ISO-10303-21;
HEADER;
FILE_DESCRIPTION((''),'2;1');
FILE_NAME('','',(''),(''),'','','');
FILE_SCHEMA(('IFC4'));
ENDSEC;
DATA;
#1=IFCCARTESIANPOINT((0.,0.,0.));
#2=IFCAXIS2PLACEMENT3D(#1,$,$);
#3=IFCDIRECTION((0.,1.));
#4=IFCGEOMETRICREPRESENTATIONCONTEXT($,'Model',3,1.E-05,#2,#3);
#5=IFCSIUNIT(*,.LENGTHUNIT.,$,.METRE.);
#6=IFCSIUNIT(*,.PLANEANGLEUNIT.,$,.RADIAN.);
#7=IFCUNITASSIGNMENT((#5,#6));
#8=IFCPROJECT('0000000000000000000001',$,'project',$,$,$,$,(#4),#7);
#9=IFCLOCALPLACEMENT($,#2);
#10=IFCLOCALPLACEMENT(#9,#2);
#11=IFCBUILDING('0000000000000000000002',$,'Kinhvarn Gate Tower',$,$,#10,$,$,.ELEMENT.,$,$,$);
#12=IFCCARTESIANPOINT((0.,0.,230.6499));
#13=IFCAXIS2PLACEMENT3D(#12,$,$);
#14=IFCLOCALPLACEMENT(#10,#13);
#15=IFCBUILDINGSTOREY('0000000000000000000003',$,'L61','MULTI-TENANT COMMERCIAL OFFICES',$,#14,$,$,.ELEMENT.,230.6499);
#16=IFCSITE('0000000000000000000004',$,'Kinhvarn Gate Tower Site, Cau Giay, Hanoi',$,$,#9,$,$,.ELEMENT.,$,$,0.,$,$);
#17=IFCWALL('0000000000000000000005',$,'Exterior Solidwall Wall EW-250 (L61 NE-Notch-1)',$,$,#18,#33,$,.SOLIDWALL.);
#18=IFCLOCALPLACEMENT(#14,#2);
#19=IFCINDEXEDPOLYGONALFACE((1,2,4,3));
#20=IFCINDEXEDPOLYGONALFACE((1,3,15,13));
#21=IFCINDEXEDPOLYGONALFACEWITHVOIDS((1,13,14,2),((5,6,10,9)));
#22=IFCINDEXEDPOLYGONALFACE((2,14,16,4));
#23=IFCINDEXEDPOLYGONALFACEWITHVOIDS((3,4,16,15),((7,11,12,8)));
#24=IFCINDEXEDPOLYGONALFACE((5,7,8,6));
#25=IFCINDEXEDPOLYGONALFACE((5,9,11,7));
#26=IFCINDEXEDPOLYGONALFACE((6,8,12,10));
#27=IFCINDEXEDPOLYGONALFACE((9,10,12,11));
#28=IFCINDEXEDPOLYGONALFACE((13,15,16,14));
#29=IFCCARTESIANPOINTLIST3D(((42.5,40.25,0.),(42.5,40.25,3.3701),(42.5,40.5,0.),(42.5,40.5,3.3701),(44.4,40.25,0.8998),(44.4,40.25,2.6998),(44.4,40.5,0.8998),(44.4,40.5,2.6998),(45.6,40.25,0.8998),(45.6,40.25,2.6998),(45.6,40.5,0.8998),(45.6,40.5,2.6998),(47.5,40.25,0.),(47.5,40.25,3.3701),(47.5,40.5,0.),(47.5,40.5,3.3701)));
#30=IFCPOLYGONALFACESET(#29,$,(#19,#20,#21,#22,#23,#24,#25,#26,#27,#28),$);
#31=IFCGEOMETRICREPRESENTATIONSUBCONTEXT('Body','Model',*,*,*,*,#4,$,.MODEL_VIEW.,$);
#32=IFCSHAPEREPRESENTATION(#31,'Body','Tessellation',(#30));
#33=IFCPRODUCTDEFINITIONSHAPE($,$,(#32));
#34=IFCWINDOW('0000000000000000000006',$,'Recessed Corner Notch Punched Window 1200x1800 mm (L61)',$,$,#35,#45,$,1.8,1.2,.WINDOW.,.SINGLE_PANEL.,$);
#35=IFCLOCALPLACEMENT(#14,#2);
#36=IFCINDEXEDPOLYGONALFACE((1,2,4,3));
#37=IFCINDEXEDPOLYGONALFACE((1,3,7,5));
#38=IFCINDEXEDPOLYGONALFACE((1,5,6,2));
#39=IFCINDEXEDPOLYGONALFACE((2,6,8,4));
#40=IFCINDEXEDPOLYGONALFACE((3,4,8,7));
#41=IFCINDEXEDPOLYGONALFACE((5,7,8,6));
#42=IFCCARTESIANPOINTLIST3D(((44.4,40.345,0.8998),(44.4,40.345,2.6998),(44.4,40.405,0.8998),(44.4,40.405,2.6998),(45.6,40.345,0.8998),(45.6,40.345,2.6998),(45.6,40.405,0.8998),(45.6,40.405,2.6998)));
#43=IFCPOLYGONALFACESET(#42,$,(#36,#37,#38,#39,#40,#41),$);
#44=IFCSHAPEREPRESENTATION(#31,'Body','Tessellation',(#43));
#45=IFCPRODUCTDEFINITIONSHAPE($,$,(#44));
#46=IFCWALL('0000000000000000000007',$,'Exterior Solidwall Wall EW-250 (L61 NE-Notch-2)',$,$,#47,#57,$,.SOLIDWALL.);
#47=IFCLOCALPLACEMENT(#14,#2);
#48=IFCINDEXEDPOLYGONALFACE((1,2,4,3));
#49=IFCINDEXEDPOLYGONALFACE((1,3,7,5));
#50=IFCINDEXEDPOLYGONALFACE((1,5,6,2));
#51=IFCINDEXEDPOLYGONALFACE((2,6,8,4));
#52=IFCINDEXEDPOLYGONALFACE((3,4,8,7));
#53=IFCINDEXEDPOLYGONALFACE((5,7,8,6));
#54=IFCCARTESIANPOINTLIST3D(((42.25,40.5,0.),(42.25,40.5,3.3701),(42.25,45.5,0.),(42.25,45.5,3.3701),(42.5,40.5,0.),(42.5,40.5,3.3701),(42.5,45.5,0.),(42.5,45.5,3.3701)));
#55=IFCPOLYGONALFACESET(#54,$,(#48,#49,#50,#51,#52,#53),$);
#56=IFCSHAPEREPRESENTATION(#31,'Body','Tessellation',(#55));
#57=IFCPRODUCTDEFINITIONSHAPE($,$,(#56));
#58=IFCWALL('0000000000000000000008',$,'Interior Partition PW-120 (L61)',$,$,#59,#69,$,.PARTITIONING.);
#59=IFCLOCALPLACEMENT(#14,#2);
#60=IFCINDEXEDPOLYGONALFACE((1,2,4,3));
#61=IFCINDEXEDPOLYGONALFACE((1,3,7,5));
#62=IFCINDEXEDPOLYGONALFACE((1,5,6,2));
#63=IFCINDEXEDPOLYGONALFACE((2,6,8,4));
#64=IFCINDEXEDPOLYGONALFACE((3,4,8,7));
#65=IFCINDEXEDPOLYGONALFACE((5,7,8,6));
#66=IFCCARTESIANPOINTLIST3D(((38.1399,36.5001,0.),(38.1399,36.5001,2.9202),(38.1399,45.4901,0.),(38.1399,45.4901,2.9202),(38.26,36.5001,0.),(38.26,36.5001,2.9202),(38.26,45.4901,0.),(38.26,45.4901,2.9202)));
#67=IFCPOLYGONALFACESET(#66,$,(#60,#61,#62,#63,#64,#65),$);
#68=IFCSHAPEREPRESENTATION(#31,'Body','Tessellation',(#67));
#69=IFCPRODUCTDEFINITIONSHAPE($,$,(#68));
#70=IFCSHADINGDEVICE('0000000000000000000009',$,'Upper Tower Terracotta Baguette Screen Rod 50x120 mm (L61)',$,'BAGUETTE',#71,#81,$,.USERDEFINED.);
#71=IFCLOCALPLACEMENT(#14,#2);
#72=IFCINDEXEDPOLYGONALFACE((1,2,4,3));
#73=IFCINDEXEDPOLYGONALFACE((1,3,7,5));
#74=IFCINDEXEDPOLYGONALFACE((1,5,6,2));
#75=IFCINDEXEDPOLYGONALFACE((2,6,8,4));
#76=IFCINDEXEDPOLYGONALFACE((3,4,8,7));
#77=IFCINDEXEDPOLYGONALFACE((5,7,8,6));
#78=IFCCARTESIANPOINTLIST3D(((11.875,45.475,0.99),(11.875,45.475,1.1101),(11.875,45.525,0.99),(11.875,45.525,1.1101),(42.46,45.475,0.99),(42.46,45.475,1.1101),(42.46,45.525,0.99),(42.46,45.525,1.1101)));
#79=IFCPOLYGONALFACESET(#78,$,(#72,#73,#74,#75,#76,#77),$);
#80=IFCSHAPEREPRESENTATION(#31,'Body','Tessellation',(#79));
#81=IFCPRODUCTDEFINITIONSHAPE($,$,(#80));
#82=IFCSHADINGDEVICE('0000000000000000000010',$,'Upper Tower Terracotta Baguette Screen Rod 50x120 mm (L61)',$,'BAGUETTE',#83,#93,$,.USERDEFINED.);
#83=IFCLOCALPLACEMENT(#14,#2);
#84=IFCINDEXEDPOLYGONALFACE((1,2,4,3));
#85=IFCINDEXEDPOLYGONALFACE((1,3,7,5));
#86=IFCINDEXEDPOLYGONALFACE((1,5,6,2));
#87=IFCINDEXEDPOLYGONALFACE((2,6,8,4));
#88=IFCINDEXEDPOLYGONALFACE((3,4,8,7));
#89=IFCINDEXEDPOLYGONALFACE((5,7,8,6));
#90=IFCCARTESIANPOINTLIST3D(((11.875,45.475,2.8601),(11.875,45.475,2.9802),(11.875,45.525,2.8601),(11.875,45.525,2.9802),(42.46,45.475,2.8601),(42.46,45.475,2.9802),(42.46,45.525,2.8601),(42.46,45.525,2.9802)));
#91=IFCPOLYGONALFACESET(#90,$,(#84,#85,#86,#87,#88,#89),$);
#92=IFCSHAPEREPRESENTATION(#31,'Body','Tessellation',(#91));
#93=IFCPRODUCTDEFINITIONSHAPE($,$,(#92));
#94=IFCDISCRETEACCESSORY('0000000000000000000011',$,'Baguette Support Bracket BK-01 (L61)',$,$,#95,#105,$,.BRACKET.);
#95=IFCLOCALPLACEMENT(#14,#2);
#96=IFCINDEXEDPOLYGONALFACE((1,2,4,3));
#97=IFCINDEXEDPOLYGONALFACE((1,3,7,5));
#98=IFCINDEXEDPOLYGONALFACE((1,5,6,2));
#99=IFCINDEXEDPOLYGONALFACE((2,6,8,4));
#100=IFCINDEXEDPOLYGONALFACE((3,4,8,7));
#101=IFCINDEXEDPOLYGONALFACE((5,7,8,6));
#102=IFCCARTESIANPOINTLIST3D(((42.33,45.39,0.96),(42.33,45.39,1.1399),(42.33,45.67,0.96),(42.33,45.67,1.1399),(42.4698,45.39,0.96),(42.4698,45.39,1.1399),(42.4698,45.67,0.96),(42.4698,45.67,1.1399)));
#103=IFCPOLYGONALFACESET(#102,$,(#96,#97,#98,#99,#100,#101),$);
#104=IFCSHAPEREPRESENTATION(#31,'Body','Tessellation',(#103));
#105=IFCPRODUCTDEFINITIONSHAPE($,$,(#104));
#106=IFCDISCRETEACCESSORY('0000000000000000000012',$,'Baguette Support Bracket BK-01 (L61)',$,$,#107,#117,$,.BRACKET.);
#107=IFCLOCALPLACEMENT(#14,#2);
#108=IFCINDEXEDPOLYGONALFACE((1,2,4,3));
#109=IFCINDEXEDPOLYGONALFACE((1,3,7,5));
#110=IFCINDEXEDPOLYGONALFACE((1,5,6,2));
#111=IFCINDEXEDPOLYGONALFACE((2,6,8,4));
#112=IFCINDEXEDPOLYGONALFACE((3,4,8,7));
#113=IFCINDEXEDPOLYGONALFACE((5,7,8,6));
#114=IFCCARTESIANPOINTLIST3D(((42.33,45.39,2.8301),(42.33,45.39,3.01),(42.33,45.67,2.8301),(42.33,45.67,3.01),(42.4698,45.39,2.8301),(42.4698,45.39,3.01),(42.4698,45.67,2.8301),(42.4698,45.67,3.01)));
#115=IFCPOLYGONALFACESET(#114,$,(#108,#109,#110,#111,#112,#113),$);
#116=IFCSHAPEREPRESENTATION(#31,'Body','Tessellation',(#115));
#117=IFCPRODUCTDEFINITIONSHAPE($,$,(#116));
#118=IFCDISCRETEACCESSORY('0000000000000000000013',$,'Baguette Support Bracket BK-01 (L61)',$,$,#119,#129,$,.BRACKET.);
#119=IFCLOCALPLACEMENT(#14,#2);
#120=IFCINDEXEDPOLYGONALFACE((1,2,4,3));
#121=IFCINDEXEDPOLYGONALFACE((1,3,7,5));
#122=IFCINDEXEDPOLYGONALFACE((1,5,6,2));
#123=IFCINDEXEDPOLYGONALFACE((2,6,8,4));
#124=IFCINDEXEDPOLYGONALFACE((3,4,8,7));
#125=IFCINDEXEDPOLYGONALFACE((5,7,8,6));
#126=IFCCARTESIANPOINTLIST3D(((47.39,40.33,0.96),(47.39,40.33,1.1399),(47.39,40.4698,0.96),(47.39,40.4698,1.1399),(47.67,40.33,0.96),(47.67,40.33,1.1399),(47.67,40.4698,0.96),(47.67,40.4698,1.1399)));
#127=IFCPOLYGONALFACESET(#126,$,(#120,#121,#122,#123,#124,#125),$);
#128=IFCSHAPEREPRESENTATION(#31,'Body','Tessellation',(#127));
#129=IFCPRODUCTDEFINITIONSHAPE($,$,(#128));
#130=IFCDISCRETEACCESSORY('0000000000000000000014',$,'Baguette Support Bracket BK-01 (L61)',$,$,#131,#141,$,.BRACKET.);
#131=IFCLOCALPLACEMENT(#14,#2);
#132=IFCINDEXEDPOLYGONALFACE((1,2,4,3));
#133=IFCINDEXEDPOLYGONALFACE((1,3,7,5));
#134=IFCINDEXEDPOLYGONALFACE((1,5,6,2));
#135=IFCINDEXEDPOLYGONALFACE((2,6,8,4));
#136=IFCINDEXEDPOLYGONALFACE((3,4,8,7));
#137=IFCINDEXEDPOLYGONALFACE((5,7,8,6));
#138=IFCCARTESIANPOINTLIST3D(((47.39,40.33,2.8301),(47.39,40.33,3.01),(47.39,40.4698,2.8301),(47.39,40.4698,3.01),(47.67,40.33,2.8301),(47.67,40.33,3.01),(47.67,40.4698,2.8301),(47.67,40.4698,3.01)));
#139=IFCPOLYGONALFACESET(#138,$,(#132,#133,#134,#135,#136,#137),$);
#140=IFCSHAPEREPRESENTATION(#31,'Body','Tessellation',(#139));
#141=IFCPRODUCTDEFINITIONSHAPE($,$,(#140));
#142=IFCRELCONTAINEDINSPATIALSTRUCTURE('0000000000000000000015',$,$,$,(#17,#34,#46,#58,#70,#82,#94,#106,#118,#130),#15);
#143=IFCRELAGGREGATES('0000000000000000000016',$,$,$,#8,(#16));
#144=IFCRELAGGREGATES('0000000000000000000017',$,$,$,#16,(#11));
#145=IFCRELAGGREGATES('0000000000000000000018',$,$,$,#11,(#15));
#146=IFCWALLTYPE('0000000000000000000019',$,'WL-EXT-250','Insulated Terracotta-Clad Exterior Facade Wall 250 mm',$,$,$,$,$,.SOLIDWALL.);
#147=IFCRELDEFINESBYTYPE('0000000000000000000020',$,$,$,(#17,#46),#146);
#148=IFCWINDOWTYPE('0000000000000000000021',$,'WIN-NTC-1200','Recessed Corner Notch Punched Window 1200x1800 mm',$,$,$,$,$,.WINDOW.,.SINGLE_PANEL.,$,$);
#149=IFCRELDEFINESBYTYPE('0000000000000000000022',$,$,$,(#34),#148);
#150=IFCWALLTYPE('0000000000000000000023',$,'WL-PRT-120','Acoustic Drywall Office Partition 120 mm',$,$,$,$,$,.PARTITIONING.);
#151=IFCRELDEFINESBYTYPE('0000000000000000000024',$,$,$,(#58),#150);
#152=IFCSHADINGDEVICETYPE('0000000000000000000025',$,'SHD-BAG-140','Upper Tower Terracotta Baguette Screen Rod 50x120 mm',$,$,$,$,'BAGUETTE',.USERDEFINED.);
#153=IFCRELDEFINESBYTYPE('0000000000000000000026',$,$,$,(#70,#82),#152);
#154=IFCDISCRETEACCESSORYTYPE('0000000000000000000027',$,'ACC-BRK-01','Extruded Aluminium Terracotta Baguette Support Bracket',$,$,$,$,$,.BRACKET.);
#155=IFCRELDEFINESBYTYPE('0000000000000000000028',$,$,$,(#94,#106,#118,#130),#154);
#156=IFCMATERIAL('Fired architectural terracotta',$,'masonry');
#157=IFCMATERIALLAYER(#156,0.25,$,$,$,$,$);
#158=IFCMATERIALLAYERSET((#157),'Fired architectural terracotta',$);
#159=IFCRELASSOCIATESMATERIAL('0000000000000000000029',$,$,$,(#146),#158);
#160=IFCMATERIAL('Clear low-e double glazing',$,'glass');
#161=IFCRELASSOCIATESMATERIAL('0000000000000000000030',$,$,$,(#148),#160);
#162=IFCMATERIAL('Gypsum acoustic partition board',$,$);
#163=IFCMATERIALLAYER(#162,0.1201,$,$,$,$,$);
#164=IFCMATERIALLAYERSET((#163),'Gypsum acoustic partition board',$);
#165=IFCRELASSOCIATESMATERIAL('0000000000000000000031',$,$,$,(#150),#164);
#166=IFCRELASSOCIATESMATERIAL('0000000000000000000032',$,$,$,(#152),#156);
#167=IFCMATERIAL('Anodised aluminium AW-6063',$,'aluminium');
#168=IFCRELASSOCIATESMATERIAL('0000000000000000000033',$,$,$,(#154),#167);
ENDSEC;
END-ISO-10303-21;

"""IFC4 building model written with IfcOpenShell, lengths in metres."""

from ifc_helpers import new_model, si_unit, direction, frame, frame_2d, origin, origin_2d, place, context, subcontext, project, spatial, rectangle, extrude, material, layer, layer_set, material_profile, profile_set, type_object, element, fill, save


model = new_model("IFC4")

# Units and contexts
model_context = context("Model", 3, precision=1e-05, world=origin(), true_north=direction((0.0, 1.0)))
body_context = subcontext(model_context, "Body", "Model", "MODEL_VIEW")
ifc_project = project(units=[si_unit("LENGTHUNIT", "METRE"), si_unit("PLANEANGLEUNIT", "RADIAN")], contexts=[model_context])

# Site, building, storey
site_placement = place(None, origin())
site = spatial("IfcSite", under=ifc_project, at=site_placement, Name="Kinhvarn Gate Tower Site, Cau Giay, Hanoi", CompositionType="ELEMENT", RefElevation=0.0)
building_placement = place(site_placement, origin())
building = spatial("IfcBuilding", under=site, at=building_placement, Name="Kinhvarn Gate Tower", CompositionType="ELEMENT")
storey_placement = place(building_placement, frame((0.0, 0.0, 230.6499)))
storey = spatial("IfcBuildingStorey", under=building, at=storey_placement, Name="L61", Description="MULTI-TENANT COMMERCIAL OFFICES", CompositionType="ELEMENT", Elevation=230.6499)

# Shared definitions
ifc_material_1 = material(Name="Anodised aluminium AW-6063", Category="aluminium")

# Shared definitions
ifc_material_2 = material(Name="Clear low-e double glazing", Category="glass")

# Wall, opening, window
ifc_material_3 = material(Name="Fired architectural terracotta", Category="masonry")
ifc_layer_1 = layer(ifc_material_3, 0.25)
ifc_layer_set_1 = layer_set([ifc_layer_1], Name="Fired architectural terracotta")
wall_type_1 = type_object("IfcWallType", Name="WL-EXT-250", Description="Insulated Terracotta-Clad Exterior Facade Wall 250 mm", PredefinedType="SOLIDWALL", material=ifc_layer_set_1)
wall_1_placement = place(storey_placement, frame((47.5, 40.375, 0.0), z_axis=(0.0, 0.0, 1.0), x_axis=(-1.0, 0.0, 0.0)))
wall_1 = element("IfcWall", 1, at=wall_1_placement, inside=storey, type_object=wall_type_1, Name="Exterior Solidwall Wall EW-250 (L61 NE-Notch-1)", PredefinedType="SOLIDWALL", context=body_context, shape_type="SweptSolid", body=[
    extrude(rectangle(XDim=5.0, YDim=0.25, at=frame_2d((2.5, 0.0))), origin(), (0.0, 0.0, 1.0), 3.3701),
])
opening_placement = place(wall_1_placement, frame((1.8999, 0.0, 0.8999)))
opening = element("IfcOpeningElement", 2, at=opening_placement, cuts=wall_1, PredefinedType="OPENING", context=body_context, shape_type="SweptSolid", body=[
    extrude(rectangle(XDim=1.2, YDim=1.8, at=frame_2d((0.6001, 0.8999))), frame((0.0, 0.135, 0.0), z_axis=(0.0, -1.0, 0.0), x_axis=(1.0, 0.0, 0.0)), (0.0, 0.0, 1.0), 0.27),
])
window_type = type_object("IfcWindowType", Name="WIN-NTC-1200", Description="Recessed Corner Notch Punched Window 1200x1800 mm", PartitioningType="SINGLE_PANEL", PredefinedType="WINDOW", material=ifc_material_2)
window_placement = place(opening_placement, origin())
window = element("IfcWindow", 3, at=window_placement, inside=storey, type_object=window_type, Name="Recessed Corner Notch Punched Window 1200x1800 mm (L61)", OverallHeight=1.8, OverallWidth=1.2, PartitioningType="SINGLE_PANEL", PredefinedType="WINDOW", context=body_context, shape_type="SweptSolid", body=[
    extrude(rectangle(XDim=1.2, YDim=1.8, at=frame_2d((0.6001, 0.8999))), frame((0.0, 0.03, 0.0), z_axis=(0.0, -1.0, 0.0), x_axis=(1.0, 0.0, 0.0)), (0.0, 0.0, 1.0), 0.0601),
])
fill(opening, window)

# Walls
wall_2_placement = place(storey_placement, frame((42.375, 40.5, 0.0), z_axis=(0.0, 0.0, 1.0), x_axis=(0.0, 1.0, 0.0)))
element("IfcWall", 4, at=wall_2_placement, inside=storey, type_object=wall_type_1, Name="Exterior Solidwall Wall EW-250 (L61 NE-Notch-2)", PredefinedType="SOLIDWALL", context=body_context, shape_type="SweptSolid", body=[
    extrude(rectangle(XDim=5.0, YDim=0.25, at=frame_2d((2.5, 0.0))), origin(), (0.0, 0.0, 1.0), 3.3701),
])
ifc_material_4 = material(Name="Gypsum acoustic partition board")
ifc_layer_2 = layer(ifc_material_4, 0.1201)
ifc_layer_set_2 = layer_set([ifc_layer_2], Name="Gypsum acoustic partition board")
wall_type_2 = type_object("IfcWallType", Name="WL-PRT-120", Description="Acoustic Drywall Office Partition 120 mm", PredefinedType="PARTITIONING", material=ifc_layer_set_2)
wall_3_placement = place(storey_placement, frame((38.2, 36.5, 0.0), z_axis=(0.0, 0.0, 1.0), x_axis=(0.0, 1.0, 0.0)))
element("IfcWall", 5, at=wall_3_placement, inside=storey, type_object=wall_type_2, Name="Interior Partition PW-120 (L61)", PredefinedType="PARTITIONING", context=body_context, shape_type="SweptSolid", body=[
    extrude(rectangle(XDim=8.99, YDim=0.1201, at=frame_2d((4.4951, 0.0))), origin(), (0.0, 0.0, 1.0), 2.9202),
])

# Shading devices
ifc_material_profile_1 = material_profile(ifc_material_3, rectangle(XDim=0.05, YDim=0.1201, at=origin_2d()), Name="TC 50x120")
ifc_profile_set_1 = profile_set([ifc_material_profile_1], Name="Fired architectural terracotta")
shading_device_type = type_object("IfcShadingDeviceType", Name="SHD-BAG-140", Description="Upper Tower Terracotta Baguette Screen Rod 50x120 mm", ElementType="BAGUETTE", PredefinedType="USERDEFINED", material=ifc_profile_set_1)
for number, where, z_axis, x_axis, name in (
    (6, (42.46, 45.5, 1.05), (-1.0, 0.0, 0.0), (0.0, -1.0, 0.0), "Upper Tower Terracotta Baguette Screen Rod 50x120 mm (L61)"),
    (7, (42.46, 45.5, 2.9202), (-1.0, 0.0, 0.0), (0.0, -1.0, 0.0), "Upper Tower Terracotta Baguette Screen Rod 50x120 mm (L61)"),
):
    element("IfcShadingDevice", number, at=place(storey_placement, frame(where, z_axis=z_axis, x_axis=x_axis)), inside=storey, type_object=shading_device_type, Name=name, ObjectType="BAGUETTE", PredefinedType="USERDEFINED", context=body_context, shape_type="SweptSolid", body=[
        extrude(rectangle(XDim=0.05, YDim=0.1201, at=origin_2d()), origin(), (0.0, 0.0, 1.0), 30.585),
    ])

# Discrete accessories
discrete_accessory_type = type_object("IfcDiscreteAccessoryType", Name="ACC-BRK-01", Description="Extruded Aluminium Terracotta Baguette Support Bracket", PredefinedType="BRACKET", material=ifc_material_1)
for number, where, z_axis, x_axis, name in (
    (8, (42.3999, 45.53, 0.96), (0.0, 0.0, 1.0), (-1.0, 0.0, 0.0), "Baguette Support Bracket BK-01 (L61)"),
    (9, (42.3999, 45.53, 2.8301), (0.0, 0.0, 1.0), (-1.0, 0.0, 0.0), "Baguette Support Bracket BK-01 (L61)"),
    (10, (47.53, 40.3999, 0.96), (0.0, 0.0, 1.0), (0.0, 1.0, 0.0), "Baguette Support Bracket BK-01 (L61)"),
    (11, (47.53, 40.3999, 2.8301), (0.0, 0.0, 1.0), (0.0, 1.0, 0.0), "Baguette Support Bracket BK-01 (L61)"),
):
    element("IfcDiscreteAccessory", number, at=place(storey_placement, frame(where, z_axis=z_axis, x_axis=x_axis)), inside=storey, type_object=discrete_accessory_type, Name=name, PredefinedType="BRACKET", context=body_context, shape_type="SweptSolid", body=[
        extrude(rectangle(XDim=0.1399, YDim=0.28, at=origin_2d()), origin(), (0.0, 0.0, 1.0), 0.1799),
    ])

save(model, "model.ifc")
